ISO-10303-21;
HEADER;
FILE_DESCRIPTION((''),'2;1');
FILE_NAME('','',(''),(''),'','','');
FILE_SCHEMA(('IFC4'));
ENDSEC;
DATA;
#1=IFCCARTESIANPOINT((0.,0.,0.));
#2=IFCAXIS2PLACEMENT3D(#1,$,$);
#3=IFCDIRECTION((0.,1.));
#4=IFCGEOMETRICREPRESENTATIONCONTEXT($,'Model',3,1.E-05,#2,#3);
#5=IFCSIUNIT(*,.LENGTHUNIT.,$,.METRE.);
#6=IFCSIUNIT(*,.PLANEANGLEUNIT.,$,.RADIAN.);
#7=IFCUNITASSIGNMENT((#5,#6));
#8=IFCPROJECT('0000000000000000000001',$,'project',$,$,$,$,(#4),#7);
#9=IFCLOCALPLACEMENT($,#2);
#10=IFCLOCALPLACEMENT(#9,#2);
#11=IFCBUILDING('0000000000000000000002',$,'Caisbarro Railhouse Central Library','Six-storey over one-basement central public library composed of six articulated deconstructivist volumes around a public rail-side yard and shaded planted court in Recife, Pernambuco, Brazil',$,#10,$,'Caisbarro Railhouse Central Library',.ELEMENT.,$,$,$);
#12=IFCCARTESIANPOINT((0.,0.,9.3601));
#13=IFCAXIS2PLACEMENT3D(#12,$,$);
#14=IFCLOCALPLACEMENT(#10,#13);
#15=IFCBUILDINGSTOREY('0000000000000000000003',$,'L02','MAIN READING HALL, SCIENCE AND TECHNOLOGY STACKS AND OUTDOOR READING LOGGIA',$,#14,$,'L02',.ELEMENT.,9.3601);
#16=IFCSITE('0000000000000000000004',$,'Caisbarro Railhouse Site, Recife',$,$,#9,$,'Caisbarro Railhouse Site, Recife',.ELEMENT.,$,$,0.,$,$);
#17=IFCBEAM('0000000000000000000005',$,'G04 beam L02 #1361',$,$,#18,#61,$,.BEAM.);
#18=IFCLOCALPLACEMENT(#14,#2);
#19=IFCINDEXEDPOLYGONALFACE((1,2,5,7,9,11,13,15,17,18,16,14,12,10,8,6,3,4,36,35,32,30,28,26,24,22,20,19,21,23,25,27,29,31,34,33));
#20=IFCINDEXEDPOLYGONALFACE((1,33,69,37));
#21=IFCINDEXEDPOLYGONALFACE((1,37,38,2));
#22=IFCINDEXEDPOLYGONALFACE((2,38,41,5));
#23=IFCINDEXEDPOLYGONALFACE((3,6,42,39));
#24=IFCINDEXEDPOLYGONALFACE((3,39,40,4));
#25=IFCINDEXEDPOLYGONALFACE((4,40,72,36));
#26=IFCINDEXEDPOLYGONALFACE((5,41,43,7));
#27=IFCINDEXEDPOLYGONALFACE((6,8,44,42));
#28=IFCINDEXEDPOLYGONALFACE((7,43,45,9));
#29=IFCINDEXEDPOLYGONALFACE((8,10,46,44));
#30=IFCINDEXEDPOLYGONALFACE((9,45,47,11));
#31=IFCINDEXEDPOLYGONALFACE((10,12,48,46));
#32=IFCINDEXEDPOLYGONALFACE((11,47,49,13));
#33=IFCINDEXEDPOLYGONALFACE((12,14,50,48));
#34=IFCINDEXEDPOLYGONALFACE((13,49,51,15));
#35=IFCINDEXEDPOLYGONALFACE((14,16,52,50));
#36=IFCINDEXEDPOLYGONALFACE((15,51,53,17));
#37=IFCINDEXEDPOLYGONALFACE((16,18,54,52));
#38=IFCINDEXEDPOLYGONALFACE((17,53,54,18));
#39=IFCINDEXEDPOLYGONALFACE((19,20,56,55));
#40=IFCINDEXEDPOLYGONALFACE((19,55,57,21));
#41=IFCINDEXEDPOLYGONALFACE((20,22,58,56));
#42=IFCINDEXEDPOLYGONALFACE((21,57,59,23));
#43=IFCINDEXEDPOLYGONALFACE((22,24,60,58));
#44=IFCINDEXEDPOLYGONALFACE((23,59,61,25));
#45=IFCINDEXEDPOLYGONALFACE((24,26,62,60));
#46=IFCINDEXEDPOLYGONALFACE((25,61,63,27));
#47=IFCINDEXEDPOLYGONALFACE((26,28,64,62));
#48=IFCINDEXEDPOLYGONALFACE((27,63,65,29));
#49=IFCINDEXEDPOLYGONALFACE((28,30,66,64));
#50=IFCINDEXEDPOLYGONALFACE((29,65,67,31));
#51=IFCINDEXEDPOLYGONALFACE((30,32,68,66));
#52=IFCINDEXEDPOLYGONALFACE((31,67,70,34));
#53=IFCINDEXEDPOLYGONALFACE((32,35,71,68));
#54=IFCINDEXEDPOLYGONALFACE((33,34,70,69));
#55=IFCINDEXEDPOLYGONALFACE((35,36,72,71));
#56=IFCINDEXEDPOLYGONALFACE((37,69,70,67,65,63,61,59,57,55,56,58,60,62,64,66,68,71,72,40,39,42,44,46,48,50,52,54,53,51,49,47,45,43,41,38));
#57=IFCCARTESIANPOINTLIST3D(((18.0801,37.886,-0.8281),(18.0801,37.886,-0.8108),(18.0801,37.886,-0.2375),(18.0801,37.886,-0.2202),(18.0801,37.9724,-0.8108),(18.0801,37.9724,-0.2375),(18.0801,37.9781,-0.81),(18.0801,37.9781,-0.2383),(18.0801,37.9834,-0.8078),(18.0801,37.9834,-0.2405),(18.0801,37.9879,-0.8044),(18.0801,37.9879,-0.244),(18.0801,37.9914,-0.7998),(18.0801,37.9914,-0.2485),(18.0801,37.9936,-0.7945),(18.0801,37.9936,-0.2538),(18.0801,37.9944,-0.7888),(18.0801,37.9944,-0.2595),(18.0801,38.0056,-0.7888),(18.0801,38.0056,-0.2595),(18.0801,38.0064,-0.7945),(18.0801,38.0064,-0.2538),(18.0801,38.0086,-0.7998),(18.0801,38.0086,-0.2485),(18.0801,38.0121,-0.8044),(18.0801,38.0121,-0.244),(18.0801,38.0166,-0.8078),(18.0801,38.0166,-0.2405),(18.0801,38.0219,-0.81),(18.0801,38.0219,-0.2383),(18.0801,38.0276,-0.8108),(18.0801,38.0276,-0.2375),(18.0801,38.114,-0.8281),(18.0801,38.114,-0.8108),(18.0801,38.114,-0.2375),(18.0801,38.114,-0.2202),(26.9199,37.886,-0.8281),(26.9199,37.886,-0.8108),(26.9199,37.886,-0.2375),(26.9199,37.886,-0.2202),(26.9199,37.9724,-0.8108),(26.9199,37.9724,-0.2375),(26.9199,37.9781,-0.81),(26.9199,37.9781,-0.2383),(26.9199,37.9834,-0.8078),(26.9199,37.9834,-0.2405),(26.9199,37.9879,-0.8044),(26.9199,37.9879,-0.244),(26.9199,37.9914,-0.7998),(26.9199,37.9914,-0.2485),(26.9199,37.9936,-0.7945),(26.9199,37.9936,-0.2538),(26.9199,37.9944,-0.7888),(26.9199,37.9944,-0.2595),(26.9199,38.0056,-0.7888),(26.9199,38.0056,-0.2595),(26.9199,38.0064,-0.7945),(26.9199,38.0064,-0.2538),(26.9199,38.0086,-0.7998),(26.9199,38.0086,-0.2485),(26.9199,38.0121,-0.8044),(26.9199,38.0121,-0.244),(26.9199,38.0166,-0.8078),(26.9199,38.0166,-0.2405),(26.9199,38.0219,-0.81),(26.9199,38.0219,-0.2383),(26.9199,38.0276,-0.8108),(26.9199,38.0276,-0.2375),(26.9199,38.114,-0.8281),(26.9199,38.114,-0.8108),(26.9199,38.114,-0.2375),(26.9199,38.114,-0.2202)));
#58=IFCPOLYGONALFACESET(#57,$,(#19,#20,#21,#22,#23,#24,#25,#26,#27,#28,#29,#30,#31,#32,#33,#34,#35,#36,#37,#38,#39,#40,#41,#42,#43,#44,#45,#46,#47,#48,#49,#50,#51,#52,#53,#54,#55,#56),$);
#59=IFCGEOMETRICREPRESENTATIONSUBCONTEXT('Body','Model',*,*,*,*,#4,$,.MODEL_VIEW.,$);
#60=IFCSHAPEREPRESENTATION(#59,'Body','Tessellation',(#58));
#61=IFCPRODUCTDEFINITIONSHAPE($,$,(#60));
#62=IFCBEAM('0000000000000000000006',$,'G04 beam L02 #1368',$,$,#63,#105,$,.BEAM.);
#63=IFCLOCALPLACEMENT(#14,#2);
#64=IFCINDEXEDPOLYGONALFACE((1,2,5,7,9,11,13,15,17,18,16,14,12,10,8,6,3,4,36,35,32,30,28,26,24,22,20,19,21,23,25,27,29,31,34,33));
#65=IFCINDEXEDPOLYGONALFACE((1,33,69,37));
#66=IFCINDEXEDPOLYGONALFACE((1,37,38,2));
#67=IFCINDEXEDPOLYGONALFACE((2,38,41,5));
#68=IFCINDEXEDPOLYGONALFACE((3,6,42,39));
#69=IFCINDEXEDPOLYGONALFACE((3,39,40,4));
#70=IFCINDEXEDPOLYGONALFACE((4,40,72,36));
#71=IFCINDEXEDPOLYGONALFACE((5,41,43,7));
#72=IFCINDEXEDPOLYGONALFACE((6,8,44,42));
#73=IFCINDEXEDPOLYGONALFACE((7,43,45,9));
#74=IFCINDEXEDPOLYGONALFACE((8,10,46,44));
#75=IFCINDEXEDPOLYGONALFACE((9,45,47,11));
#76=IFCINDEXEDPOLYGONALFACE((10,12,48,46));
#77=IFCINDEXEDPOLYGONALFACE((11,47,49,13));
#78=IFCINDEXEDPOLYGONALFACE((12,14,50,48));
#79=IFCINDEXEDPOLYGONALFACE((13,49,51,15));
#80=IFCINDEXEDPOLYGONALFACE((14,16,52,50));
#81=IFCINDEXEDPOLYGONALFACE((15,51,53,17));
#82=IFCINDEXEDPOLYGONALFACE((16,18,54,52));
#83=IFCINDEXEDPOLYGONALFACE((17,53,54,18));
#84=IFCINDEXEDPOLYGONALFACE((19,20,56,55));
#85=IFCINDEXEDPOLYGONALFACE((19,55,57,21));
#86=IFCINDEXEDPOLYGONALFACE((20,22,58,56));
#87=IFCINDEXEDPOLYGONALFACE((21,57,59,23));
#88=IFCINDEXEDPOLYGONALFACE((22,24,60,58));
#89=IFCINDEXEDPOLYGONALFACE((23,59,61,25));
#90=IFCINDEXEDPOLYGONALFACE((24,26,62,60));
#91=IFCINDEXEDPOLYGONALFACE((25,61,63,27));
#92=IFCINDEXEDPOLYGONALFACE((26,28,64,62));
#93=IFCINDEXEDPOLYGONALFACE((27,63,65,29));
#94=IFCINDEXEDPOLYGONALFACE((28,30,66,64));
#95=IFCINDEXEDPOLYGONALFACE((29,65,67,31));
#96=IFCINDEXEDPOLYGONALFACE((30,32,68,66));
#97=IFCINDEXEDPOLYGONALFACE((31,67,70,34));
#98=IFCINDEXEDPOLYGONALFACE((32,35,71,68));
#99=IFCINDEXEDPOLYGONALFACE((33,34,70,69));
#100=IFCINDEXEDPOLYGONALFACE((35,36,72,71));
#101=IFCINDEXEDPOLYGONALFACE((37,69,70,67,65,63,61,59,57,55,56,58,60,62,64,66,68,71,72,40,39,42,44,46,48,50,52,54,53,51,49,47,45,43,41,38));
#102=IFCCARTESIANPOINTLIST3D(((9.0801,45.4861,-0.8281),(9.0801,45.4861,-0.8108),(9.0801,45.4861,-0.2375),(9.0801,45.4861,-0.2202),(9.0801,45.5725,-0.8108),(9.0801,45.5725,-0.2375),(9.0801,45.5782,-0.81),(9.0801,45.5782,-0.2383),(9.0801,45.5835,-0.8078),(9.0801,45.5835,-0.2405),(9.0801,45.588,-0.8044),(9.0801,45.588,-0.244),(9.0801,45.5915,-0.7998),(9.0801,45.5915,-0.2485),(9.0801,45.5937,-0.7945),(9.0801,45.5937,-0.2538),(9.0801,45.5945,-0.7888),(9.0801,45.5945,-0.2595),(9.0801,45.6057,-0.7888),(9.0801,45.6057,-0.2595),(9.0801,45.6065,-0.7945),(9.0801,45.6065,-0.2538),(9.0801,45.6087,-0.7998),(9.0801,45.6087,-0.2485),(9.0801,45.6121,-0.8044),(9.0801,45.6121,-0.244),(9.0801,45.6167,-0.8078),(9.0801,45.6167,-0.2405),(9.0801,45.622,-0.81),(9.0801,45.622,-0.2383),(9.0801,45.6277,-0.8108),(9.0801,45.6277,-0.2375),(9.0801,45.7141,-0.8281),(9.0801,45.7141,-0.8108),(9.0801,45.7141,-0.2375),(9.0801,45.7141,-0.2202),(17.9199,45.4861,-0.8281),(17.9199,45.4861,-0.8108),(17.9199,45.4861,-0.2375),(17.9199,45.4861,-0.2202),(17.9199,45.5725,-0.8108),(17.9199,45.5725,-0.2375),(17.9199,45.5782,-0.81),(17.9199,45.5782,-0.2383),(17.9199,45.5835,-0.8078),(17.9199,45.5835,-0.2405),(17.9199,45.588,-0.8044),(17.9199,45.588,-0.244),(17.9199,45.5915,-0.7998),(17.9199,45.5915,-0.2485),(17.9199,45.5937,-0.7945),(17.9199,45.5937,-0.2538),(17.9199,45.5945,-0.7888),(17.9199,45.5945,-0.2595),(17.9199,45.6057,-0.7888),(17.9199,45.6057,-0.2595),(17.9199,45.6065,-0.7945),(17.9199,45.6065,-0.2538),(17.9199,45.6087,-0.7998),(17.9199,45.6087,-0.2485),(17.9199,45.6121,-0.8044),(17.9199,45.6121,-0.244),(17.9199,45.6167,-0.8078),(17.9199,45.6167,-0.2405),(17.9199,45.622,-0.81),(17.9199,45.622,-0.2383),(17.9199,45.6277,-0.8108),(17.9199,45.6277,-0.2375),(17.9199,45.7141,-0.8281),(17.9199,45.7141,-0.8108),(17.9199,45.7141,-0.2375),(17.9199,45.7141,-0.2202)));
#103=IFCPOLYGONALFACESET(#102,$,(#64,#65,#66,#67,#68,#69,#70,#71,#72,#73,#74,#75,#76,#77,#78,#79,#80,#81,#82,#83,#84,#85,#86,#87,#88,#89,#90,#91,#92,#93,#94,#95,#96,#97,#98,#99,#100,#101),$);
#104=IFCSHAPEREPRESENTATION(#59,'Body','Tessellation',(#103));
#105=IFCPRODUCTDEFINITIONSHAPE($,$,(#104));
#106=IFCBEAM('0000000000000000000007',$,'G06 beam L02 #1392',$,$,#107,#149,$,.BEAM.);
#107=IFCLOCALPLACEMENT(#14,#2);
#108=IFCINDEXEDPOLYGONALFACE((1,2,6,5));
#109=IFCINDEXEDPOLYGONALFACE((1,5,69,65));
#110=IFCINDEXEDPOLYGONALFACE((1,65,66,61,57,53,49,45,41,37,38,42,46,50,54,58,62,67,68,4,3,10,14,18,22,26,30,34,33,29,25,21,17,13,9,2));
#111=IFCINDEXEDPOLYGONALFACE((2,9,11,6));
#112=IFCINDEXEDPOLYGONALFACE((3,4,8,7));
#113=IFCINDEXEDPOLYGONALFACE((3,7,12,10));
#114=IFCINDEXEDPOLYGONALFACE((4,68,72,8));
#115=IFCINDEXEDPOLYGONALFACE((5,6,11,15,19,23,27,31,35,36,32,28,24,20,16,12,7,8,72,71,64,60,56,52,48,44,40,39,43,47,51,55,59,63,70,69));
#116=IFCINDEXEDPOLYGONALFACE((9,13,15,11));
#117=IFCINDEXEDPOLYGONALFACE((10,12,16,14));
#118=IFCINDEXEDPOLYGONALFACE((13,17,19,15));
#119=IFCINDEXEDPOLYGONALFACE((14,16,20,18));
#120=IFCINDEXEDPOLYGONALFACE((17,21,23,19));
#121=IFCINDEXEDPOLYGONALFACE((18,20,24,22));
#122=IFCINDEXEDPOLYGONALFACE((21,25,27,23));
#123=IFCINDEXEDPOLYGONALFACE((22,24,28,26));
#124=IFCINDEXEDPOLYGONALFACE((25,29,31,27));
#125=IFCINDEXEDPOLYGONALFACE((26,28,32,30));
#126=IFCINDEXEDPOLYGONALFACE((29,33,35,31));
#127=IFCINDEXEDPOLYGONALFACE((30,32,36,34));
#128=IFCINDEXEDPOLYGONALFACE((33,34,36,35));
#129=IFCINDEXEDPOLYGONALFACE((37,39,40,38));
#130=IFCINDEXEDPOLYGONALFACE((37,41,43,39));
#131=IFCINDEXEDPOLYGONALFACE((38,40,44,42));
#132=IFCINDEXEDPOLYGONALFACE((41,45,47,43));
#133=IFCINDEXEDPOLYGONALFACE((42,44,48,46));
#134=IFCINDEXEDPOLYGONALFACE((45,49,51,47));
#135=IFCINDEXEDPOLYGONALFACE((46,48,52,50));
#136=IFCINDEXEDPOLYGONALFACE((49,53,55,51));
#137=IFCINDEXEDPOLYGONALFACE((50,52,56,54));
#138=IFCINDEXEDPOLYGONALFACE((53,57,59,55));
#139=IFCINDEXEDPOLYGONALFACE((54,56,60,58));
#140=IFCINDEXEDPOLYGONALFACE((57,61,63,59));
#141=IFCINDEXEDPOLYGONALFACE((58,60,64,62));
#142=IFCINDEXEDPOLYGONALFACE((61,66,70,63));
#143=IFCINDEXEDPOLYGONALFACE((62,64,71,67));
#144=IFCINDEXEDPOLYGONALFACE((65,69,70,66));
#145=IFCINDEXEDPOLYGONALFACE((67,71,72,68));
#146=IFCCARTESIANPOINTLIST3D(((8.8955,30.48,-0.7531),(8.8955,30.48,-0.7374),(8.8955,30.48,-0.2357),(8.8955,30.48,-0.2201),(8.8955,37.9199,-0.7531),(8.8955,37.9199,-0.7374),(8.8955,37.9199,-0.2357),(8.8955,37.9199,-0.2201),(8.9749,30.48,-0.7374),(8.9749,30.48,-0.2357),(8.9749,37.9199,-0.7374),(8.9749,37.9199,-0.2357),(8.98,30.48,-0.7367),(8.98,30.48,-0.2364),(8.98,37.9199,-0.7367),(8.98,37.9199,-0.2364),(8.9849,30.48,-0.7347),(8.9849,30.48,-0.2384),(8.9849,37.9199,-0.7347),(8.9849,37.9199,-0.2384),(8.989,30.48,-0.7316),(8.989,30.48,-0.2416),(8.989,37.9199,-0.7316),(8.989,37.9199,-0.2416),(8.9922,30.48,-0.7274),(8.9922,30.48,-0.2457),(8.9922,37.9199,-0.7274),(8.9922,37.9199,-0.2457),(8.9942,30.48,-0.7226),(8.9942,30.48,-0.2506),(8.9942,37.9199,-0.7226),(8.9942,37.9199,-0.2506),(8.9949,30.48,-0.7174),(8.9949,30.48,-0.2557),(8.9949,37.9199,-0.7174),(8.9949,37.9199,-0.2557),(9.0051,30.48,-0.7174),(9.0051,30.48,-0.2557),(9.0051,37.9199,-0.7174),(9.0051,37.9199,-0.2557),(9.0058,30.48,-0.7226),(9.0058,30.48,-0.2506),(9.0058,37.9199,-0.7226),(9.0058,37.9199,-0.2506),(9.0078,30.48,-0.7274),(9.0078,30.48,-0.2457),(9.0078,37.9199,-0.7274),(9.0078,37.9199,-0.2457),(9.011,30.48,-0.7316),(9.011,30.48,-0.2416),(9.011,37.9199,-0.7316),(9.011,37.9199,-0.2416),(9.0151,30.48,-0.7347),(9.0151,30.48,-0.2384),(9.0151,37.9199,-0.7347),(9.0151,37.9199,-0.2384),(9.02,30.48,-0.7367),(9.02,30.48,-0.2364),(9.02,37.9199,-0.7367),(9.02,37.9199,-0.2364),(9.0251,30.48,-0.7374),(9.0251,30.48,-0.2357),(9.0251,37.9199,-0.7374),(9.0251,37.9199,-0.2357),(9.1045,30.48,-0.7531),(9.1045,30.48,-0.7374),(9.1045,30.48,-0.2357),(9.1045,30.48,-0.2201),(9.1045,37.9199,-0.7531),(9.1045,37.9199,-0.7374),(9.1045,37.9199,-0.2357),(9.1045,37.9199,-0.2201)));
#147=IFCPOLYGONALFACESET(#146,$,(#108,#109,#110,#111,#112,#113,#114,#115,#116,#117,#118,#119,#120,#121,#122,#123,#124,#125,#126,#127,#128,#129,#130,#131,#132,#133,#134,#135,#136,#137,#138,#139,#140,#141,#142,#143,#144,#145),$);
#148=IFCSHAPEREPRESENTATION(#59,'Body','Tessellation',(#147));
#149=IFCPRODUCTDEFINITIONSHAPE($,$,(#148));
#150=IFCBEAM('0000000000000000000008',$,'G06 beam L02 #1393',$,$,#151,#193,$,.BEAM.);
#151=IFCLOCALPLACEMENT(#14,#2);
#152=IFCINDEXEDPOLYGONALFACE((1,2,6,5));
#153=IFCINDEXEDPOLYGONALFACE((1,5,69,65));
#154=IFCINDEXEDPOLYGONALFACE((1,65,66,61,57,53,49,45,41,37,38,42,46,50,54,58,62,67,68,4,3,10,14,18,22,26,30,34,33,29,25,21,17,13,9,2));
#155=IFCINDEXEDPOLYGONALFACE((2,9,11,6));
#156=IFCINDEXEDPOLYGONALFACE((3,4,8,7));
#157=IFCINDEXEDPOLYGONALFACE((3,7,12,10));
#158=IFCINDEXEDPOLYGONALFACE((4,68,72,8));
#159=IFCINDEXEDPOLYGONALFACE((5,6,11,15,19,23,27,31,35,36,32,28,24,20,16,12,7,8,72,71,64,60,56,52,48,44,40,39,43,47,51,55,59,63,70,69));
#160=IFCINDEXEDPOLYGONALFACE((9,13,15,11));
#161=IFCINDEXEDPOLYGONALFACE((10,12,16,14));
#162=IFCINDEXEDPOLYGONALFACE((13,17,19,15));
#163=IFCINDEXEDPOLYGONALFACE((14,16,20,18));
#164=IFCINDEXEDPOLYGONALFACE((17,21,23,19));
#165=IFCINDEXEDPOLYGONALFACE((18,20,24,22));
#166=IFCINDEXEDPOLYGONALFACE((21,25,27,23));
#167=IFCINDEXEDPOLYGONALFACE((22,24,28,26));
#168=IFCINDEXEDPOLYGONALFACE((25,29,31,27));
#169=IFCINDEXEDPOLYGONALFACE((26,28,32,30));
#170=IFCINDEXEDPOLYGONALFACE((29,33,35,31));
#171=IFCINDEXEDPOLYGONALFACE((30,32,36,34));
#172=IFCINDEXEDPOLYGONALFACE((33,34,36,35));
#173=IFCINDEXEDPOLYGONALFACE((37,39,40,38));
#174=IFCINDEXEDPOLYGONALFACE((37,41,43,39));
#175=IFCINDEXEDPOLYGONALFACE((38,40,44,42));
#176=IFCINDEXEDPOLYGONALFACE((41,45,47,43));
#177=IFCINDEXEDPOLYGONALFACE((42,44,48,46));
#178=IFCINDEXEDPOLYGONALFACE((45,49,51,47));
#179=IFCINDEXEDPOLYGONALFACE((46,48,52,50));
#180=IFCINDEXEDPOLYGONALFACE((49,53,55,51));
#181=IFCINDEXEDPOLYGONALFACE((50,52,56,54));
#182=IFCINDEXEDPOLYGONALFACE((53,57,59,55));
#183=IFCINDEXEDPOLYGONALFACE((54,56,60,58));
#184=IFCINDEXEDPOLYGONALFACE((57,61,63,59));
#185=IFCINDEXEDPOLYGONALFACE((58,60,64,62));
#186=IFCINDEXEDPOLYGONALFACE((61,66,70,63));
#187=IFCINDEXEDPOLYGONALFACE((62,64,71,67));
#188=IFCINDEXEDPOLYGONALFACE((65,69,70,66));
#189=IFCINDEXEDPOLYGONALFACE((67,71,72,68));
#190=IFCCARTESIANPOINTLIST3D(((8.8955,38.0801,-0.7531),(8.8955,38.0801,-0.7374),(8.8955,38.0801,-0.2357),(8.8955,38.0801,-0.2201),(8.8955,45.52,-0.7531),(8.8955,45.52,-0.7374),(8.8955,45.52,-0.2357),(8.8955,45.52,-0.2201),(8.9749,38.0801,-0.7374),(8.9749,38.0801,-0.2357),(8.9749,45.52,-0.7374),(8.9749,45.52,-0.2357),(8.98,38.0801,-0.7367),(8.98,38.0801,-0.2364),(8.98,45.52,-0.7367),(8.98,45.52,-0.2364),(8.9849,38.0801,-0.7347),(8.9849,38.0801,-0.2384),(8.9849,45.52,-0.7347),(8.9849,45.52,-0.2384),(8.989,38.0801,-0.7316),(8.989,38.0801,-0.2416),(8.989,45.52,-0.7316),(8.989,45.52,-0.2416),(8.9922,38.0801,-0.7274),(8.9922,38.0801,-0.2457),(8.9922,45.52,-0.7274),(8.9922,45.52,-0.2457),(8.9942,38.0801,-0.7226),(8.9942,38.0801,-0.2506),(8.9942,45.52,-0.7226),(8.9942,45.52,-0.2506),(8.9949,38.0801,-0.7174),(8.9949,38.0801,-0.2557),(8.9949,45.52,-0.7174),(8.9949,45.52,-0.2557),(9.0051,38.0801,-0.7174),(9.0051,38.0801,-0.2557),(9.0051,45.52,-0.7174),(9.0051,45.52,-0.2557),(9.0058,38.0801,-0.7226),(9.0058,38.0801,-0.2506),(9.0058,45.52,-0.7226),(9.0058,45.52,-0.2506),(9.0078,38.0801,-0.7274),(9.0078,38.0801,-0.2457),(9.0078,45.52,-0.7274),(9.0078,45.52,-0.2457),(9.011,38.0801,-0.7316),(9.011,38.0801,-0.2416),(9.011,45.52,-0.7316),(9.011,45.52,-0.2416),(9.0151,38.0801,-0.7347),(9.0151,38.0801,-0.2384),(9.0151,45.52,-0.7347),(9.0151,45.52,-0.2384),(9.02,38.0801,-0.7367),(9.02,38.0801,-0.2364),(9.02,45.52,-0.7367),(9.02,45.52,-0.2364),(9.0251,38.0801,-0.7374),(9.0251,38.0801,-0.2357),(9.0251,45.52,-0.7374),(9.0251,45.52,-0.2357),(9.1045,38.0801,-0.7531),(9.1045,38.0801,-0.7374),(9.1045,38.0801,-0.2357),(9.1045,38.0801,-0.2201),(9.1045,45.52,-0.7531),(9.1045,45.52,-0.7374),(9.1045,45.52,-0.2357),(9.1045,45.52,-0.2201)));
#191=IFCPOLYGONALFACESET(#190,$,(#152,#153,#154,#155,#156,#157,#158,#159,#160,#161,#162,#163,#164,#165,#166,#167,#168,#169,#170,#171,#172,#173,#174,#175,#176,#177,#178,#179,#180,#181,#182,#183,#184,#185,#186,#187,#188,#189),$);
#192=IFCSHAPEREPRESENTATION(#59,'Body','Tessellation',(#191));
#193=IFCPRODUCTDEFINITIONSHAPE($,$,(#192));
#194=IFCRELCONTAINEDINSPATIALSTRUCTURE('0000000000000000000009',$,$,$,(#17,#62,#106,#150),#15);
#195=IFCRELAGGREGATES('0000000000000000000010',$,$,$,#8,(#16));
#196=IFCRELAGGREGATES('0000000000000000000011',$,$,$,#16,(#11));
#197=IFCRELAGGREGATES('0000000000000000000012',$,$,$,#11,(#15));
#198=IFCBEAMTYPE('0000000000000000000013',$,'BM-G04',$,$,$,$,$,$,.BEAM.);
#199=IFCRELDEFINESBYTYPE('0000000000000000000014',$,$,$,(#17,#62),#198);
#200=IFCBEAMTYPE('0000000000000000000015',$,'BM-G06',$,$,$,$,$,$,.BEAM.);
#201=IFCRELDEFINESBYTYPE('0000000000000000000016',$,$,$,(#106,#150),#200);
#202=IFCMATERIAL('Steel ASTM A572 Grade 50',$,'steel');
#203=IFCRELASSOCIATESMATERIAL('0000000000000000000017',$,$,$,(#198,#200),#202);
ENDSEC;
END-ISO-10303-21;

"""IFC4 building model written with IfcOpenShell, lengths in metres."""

from ifc_helpers import new_model, si_unit, direction, frame, origin, origin_2d, place, context, subcontext, project, spatial, i_section, extrude, material, material_profile, profile_set, type_object, element, save


model = new_model("IFC4")

# Units and contexts
model_context = context("Model", 3, precision=1e-05, world=origin(), true_north=direction((0.0, 1.0)))
body_context = subcontext(model_context, "Body", "Model", "MODEL_VIEW")
ifc_project = project(units=[si_unit("LENGTHUNIT", "METRE"), si_unit("PLANEANGLEUNIT", "RADIAN")], contexts=[model_context])

# Site, building, storey
site_placement = place(None, origin())
site = spatial("IfcSite", under=ifc_project, at=site_placement, Name="Caisbarro Railhouse Site, Recife", LongName="Caisbarro Railhouse Site, Recife", CompositionType="ELEMENT", RefElevation=0.0)
building_placement = place(site_placement, origin())
building = spatial("IfcBuilding", under=site, at=building_placement, Name="Caisbarro Railhouse Central Library", Description="Six-storey over one-basement central public library composed of six articulated deconstructivist volumes around a public rail-side yard and shaded planted court in Recife, Pernambuco, Brazil", LongName="Caisbarro Railhouse Central Library", CompositionType="ELEMENT")
storey_placement = place(building_placement, frame((0.0, 0.0, 9.3601)))
storey = spatial("IfcBuildingStorey", under=building, at=storey_placement, Name="L02", Description="MAIN READING HALL, SCIENCE AND TECHNOLOGY STACKS AND OUTDOOR READING LOGGIA", LongName="L02", CompositionType="ELEMENT", Elevation=9.3601)

# Shared definitions
ifc_material_1 = material(Name="Steel ASTM A572 Grade 50", Category="steel")

# Beams
ifc_material_profile_1 = material_profile(ifc_material_1, i_section(OverallWidth=0.228, OverallDepth=0.6079, WebThickness=0.0112, FlangeThickness=0.0173, FilletRadius=0.022, at=origin_2d()), Name="W610X113.0")
ifc_profile_set_1 = profile_set([ifc_material_profile_1], Name="Steel ASTM A572 Grade 50")
beam_type_1 = type_object("IfcBeamType", Name="BM-G04", PredefinedType="BEAM", material=ifc_profile_set_1)
for number, where, z_axis, x_axis, name in (
    (1, (18.0801, 38.0, -0.5242), (1.0, 0.0, 0.0), (0.0, 1.0, 0.0), "G04 beam L02 #1361"),
    (2, (9.0801, 45.6001, -0.5242), (1.0, 0.0, 0.0), (0.0, 1.0, 0.0), "G04 beam L02 #1368"),
):
    element("IfcBeam", number, at=place(storey_placement, frame(where, z_axis=z_axis, x_axis=x_axis)), inside=storey, type_object=beam_type_1, Name=name, PredefinedType="BEAM", context=body_context, shape_type="SweptSolid", body=[
        extrude(i_section(OverallWidth=0.228, OverallDepth=0.6079, WebThickness=0.0112, FlangeThickness=0.0173, FilletRadius=0.022, at=origin_2d()), origin(), (0.0, 0.0, 1.0), 8.8398),
    ])
ifc_material_profile_2 = material_profile(ifc_material_1, i_section(OverallWidth=0.209, OverallDepth=0.533, WebThickness=0.0103, FlangeThickness=0.0156, FilletRadius=0.02, at=origin_2d()), Name="W530X92.0")
ifc_profile_set_2 = profile_set([ifc_material_profile_2], Name="Steel ASTM A572 Grade 50")
beam_type_2 = type_object("IfcBeamType", Name="BM-G06", PredefinedType="BEAM", material=ifc_profile_set_2)
for number, where, z_axis, x_axis, name in (
    (3, (9.0, 30.48, -0.4866), (0.0, 1.0, 0.0), (-1.0, 0.0, 0.0), "G06 beam L02 #1392"),
    (4, (9.0, 38.0801, -0.4866), (0.0, 1.0, 0.0), (-1.0, 0.0, 0.0), "G06 beam L02 #1393"),
):
    element("IfcBeam", number, at=place(storey_placement, frame(where, z_axis=z_axis, x_axis=x_axis)), inside=storey, type_object=beam_type_2, Name=name, PredefinedType="BEAM", context=body_context, shape_type="SweptSolid", body=[
        extrude(i_section(OverallWidth=0.209, OverallDepth=0.533, WebThickness=0.0103, FlangeThickness=0.0156, FilletRadius=0.02, at=origin_2d()), origin(), (0.0, 0.0, 1.0), 7.4399),
    ])

save(model, "model.ifc")
